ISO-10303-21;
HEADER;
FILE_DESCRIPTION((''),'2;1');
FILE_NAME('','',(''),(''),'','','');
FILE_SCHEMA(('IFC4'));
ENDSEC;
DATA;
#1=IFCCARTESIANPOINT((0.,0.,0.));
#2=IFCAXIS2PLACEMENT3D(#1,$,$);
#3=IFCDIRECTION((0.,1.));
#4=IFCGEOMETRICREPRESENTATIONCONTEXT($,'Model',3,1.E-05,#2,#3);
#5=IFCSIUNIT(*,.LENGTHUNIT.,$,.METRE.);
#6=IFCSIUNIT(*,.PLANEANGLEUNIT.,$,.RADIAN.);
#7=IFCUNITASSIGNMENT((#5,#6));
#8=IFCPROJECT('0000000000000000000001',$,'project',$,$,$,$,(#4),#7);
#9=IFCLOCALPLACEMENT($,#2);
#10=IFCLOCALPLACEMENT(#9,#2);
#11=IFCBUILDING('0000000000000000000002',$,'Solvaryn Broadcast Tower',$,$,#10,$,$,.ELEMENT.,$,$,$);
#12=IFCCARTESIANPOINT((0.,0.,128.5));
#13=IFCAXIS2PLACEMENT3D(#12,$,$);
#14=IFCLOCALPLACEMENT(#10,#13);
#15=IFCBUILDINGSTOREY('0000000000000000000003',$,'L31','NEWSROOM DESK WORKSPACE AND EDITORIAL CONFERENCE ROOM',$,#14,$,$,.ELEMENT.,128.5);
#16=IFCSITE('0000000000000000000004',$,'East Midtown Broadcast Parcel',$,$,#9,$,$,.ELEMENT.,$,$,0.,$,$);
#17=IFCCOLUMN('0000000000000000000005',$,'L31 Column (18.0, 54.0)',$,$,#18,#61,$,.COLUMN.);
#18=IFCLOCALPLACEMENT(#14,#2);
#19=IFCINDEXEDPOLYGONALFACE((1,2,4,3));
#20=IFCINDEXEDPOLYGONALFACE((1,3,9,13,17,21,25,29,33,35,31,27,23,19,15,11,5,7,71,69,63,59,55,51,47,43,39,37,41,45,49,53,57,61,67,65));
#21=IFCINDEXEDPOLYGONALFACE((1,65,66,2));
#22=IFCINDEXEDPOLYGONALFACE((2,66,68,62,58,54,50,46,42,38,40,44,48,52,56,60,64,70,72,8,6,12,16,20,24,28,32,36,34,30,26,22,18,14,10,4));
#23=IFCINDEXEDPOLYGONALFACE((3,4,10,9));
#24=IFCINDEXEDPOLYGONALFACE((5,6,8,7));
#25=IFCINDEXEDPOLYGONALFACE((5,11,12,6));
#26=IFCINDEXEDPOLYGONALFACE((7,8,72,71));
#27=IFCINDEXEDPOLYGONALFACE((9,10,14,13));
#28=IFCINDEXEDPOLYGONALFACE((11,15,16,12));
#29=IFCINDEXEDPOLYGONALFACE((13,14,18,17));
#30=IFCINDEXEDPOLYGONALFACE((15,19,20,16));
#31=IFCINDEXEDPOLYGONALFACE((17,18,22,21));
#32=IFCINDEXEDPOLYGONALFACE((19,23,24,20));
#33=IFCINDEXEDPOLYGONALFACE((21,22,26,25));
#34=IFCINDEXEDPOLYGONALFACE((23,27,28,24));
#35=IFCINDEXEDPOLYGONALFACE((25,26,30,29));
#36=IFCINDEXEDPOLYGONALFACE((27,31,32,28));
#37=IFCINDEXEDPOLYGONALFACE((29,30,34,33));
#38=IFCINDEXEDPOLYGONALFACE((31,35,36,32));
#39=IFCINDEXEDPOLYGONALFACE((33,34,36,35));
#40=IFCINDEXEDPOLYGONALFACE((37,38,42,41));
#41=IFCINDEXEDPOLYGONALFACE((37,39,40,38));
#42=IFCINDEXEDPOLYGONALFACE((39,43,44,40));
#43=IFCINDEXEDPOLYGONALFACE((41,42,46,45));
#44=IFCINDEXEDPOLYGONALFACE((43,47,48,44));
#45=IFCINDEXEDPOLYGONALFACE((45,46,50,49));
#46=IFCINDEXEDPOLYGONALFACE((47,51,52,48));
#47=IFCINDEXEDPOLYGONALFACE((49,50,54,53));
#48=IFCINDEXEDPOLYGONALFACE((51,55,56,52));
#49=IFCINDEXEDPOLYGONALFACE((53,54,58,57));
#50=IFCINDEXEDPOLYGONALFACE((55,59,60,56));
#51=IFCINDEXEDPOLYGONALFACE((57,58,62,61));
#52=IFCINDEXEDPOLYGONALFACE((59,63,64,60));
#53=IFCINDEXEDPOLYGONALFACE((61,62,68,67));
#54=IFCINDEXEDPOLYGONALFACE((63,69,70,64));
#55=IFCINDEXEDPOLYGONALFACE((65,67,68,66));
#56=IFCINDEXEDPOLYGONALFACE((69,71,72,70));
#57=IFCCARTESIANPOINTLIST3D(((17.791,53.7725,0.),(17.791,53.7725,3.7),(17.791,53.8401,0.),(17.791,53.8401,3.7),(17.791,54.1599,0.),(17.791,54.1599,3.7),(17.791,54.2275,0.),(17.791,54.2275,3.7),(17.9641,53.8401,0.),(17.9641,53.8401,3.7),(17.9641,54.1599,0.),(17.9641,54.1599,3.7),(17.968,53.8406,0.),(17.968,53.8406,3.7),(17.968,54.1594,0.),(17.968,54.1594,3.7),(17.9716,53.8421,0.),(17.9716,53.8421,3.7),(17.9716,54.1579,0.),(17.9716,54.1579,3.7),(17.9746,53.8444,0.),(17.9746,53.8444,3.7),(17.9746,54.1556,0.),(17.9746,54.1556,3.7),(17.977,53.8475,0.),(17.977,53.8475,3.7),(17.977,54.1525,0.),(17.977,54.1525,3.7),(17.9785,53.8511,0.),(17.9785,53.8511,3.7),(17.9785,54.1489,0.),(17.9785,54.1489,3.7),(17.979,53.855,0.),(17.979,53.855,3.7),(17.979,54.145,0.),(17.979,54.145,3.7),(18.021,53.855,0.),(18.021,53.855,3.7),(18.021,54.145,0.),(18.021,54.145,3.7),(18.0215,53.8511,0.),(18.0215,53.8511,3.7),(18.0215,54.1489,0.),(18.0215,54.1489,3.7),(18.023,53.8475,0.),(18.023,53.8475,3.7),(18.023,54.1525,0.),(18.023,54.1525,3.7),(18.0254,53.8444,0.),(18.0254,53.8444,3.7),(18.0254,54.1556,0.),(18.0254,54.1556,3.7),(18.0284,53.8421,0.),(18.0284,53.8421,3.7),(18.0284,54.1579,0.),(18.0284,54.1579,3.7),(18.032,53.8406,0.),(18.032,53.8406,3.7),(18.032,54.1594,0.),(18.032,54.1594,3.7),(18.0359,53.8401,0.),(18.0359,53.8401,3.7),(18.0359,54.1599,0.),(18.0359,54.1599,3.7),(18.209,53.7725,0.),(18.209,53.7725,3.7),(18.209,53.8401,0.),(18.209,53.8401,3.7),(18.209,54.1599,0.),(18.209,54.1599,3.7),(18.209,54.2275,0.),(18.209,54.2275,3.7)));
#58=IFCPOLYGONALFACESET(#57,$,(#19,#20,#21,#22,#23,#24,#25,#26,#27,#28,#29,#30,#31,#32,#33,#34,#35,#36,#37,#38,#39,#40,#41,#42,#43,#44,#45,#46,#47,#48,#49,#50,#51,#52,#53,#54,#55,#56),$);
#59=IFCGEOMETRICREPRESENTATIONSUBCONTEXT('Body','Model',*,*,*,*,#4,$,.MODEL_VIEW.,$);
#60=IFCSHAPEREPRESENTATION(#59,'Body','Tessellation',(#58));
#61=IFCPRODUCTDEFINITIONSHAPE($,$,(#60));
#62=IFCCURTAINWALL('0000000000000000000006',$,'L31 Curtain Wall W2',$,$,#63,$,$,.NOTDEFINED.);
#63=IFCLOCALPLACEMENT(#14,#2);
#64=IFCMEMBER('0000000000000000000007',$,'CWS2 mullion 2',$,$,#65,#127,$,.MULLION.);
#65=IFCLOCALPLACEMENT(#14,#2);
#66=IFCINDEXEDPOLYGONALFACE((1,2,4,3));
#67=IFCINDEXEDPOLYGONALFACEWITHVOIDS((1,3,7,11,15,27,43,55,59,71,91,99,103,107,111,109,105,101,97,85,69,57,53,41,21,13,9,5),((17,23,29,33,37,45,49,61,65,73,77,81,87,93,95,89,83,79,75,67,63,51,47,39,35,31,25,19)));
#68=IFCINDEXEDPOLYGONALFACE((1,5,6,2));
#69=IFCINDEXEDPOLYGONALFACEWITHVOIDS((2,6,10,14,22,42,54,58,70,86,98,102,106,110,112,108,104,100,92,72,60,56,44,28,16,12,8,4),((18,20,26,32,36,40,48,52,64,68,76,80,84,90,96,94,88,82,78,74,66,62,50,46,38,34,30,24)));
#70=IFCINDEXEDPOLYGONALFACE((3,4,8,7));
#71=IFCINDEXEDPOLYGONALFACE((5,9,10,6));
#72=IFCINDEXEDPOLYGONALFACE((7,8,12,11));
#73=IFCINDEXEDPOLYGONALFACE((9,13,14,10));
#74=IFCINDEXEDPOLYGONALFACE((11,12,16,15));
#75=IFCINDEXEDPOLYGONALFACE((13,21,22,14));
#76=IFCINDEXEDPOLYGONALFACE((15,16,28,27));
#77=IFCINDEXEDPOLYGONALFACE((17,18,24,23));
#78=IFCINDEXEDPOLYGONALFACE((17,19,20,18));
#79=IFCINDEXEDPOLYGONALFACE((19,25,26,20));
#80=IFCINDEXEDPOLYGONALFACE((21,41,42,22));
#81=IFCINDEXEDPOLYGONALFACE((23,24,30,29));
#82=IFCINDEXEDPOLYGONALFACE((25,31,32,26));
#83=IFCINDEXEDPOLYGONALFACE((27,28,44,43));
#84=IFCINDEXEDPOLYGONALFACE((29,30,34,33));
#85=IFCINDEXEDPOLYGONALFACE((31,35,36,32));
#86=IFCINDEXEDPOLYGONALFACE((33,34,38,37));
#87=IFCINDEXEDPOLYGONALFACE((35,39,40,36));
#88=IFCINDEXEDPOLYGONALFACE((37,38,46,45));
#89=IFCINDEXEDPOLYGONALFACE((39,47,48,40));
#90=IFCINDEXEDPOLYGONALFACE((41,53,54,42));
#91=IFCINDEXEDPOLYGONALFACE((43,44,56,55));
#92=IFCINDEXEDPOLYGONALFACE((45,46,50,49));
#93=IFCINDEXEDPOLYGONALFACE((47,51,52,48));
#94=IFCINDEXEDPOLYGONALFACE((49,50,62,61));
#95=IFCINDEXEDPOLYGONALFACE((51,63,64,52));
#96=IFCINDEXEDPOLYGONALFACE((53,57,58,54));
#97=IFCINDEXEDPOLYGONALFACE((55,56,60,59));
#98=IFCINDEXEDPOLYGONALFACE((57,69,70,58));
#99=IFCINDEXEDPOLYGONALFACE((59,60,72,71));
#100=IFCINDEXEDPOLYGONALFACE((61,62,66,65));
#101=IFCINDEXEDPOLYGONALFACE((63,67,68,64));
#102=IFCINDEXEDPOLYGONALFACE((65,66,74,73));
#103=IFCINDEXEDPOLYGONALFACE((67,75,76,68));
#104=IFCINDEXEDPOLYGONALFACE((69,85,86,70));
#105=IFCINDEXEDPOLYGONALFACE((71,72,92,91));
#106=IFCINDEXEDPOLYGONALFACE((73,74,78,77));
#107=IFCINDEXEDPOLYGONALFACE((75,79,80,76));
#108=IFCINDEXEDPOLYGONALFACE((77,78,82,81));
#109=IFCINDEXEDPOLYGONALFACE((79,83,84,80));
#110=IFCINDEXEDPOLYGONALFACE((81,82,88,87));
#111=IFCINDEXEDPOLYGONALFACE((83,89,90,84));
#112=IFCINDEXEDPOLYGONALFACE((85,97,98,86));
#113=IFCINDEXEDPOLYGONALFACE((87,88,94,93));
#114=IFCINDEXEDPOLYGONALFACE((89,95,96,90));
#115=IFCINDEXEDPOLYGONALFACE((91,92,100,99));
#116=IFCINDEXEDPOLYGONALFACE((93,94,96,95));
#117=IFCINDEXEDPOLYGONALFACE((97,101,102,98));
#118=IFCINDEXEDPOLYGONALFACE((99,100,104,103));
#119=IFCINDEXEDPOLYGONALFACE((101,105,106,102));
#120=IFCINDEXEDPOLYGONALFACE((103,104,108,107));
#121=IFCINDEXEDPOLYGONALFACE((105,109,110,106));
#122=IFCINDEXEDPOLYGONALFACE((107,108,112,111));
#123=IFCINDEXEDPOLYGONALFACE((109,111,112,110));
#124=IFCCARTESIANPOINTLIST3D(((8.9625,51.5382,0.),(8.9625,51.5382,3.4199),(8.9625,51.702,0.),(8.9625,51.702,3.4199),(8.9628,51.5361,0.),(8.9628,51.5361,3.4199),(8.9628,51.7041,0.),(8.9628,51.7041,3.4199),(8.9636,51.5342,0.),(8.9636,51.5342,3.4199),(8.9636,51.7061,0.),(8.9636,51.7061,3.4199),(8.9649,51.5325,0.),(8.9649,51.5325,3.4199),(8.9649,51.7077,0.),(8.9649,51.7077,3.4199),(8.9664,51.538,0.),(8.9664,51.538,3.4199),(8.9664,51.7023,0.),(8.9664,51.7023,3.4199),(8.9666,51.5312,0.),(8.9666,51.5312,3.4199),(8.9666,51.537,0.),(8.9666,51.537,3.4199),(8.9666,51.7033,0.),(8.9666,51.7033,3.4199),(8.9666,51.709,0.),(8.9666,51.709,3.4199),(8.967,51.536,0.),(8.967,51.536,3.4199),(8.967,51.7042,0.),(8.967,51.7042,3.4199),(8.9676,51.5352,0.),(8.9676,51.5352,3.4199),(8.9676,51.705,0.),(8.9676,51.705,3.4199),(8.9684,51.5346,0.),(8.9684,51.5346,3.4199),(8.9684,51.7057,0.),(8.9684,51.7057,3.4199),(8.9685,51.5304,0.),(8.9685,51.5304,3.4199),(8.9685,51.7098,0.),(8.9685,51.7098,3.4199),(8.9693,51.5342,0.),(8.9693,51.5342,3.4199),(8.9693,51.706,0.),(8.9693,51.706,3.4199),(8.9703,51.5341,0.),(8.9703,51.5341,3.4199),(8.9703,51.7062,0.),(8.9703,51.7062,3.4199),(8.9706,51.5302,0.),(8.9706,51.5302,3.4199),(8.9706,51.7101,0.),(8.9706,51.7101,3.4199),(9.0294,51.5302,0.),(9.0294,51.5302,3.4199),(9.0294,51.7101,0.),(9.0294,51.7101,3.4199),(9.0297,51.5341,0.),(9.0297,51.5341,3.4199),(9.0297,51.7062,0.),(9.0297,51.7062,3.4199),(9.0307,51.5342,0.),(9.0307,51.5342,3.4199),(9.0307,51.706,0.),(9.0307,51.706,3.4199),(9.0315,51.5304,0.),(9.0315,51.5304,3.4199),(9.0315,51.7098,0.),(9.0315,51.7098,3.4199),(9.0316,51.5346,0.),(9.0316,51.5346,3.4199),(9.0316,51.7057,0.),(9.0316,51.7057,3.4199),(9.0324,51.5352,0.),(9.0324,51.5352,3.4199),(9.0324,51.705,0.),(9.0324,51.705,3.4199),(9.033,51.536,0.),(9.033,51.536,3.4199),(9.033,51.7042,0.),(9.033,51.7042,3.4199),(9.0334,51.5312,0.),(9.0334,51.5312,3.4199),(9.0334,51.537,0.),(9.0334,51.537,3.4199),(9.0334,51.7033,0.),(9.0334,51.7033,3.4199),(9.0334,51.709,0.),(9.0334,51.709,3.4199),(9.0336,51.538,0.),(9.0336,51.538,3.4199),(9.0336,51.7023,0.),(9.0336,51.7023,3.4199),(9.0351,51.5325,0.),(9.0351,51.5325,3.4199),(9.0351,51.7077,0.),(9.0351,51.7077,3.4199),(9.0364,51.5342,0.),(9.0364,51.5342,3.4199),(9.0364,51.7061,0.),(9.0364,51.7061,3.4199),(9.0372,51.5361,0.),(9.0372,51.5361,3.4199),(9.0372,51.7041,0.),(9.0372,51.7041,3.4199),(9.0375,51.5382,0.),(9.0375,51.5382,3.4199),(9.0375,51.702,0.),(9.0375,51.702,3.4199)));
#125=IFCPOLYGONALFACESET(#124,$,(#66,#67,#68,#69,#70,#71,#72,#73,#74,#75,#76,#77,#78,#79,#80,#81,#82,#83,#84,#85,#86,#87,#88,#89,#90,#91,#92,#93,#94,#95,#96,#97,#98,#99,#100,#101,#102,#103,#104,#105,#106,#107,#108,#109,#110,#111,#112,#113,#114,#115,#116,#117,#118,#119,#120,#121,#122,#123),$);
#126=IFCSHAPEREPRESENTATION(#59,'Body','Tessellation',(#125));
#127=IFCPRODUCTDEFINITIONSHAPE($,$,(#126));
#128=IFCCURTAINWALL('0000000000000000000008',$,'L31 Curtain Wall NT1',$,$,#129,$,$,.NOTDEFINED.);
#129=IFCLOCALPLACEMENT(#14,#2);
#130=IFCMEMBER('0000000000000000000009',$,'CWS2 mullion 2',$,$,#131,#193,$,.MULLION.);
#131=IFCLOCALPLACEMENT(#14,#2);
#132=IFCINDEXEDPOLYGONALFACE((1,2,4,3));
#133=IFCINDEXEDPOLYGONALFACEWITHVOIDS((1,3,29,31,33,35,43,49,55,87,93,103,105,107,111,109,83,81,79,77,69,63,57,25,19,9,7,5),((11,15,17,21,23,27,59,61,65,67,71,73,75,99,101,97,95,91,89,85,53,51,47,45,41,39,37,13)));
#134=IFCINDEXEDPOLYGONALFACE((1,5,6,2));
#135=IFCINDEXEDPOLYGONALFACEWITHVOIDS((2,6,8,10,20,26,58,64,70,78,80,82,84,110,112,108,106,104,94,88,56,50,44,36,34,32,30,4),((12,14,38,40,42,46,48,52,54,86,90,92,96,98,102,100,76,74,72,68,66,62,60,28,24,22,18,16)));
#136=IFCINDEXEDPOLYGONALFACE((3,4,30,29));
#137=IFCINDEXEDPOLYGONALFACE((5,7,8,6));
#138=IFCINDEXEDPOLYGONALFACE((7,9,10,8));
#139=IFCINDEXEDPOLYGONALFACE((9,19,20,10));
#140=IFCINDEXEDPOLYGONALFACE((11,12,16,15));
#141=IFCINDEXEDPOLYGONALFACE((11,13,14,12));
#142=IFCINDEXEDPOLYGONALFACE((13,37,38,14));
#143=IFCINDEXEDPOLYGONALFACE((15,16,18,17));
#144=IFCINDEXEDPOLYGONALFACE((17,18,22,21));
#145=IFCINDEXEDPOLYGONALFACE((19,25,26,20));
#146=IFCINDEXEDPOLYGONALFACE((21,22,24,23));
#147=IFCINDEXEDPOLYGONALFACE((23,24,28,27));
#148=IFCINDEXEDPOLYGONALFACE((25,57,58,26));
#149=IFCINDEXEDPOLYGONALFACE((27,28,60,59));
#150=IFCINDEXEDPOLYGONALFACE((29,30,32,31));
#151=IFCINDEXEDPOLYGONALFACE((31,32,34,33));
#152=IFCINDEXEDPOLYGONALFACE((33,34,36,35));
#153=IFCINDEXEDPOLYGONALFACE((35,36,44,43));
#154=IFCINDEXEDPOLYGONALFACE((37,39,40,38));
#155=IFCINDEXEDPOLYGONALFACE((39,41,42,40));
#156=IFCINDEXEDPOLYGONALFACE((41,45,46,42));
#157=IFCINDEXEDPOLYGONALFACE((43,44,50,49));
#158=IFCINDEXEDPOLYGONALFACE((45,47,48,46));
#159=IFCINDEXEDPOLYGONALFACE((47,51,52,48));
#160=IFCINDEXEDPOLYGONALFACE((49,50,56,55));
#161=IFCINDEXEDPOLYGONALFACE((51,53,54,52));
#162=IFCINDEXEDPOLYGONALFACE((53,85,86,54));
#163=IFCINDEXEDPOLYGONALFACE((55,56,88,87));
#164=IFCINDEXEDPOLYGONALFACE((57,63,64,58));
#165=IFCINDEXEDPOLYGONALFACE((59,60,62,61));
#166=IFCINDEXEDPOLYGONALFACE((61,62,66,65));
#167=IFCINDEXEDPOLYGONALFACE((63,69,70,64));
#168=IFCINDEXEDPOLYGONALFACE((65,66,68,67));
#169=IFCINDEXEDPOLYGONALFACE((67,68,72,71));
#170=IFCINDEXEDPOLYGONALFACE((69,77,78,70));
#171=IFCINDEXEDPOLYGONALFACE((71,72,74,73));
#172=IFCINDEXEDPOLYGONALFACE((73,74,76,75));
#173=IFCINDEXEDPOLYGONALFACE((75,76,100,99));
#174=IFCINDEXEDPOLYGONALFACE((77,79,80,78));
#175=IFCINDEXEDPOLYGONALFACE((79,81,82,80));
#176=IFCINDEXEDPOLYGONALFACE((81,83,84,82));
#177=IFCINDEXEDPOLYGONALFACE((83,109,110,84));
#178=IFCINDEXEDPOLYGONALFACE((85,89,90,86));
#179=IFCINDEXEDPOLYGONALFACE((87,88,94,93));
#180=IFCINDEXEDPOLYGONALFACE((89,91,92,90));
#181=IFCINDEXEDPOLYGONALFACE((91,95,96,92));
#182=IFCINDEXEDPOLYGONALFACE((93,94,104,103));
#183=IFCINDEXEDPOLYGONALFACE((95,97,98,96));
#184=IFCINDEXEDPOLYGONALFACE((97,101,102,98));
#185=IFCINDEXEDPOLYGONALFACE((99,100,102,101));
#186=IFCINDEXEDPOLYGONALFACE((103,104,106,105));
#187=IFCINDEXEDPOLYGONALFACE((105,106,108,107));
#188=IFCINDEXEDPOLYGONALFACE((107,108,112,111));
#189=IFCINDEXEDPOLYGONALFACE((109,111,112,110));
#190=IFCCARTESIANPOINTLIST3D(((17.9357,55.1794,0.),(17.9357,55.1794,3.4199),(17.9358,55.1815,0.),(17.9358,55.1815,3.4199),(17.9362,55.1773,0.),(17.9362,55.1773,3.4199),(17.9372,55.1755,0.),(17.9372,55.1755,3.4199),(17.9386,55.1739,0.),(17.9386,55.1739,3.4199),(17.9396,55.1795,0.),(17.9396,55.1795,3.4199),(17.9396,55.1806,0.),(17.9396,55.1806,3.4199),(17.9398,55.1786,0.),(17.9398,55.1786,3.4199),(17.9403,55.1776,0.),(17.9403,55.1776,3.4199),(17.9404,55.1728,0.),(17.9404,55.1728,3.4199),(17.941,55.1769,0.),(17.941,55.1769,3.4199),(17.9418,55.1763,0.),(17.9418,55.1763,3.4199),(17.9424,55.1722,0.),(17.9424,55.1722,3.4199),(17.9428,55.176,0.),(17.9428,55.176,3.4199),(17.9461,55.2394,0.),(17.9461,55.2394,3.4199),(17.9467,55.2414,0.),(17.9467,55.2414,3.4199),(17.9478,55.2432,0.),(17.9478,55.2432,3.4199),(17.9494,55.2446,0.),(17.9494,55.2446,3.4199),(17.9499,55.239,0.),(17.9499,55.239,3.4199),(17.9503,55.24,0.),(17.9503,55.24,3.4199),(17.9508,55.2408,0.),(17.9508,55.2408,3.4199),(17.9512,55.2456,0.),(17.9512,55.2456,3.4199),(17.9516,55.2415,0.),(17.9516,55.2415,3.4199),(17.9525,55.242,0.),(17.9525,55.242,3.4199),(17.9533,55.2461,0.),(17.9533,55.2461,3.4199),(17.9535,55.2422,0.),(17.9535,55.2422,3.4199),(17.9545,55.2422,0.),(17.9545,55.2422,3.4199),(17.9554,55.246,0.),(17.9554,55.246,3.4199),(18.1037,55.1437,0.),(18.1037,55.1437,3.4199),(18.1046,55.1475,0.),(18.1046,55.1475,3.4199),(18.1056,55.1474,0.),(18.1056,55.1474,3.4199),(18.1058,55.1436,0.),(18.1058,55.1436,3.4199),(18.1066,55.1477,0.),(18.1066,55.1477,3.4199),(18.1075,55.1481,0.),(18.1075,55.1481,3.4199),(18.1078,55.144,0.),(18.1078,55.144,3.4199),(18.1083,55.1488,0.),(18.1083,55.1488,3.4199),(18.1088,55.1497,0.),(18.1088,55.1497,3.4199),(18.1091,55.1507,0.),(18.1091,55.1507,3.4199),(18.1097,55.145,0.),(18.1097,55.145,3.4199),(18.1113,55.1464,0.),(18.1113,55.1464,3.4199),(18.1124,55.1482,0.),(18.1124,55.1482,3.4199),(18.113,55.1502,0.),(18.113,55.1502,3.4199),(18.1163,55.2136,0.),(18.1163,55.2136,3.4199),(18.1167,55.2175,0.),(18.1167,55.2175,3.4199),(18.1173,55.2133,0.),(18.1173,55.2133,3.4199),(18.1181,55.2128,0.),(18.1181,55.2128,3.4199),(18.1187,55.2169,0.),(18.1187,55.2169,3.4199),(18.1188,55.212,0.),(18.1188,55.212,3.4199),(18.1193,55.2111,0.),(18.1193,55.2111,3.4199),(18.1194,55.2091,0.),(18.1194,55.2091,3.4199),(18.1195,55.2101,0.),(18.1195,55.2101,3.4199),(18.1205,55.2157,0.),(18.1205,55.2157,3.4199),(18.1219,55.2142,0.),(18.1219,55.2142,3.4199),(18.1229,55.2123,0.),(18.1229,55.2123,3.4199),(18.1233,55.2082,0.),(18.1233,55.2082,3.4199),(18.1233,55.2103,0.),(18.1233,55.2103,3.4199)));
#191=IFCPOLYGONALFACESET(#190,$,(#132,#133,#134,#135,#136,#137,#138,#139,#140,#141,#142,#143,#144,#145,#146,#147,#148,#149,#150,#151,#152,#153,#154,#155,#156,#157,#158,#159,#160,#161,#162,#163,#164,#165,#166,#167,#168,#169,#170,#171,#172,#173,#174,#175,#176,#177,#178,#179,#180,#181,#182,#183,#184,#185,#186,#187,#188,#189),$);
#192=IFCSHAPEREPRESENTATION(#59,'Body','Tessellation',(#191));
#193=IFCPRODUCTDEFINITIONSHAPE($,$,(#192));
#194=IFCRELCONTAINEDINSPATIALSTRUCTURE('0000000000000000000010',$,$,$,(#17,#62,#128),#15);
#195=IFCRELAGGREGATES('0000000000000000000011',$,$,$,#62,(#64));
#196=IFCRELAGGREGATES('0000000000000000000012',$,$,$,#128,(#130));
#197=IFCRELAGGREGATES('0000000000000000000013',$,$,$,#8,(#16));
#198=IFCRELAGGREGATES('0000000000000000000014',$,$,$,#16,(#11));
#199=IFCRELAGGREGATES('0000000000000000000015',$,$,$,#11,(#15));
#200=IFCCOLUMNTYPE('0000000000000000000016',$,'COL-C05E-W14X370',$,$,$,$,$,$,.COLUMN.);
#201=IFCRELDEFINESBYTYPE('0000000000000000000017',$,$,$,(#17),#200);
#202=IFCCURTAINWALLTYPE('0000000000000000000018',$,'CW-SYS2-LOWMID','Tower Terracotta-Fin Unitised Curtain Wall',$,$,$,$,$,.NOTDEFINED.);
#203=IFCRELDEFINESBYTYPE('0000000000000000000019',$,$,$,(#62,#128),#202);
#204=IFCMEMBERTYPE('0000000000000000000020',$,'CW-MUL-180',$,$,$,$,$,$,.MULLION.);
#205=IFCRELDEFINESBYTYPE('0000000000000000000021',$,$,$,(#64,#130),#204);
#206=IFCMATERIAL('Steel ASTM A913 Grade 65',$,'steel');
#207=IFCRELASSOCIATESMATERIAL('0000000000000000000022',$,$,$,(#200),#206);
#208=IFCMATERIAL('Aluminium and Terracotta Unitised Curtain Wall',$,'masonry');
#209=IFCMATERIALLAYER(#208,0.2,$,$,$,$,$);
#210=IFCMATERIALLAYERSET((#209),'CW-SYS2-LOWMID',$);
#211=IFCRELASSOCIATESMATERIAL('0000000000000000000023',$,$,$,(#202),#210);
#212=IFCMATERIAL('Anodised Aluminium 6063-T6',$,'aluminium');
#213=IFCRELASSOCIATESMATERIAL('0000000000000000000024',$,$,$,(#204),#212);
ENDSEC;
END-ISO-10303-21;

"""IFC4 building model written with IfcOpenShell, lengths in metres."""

from ifc_helpers import new_model, si_unit, direction, frame, origin, origin_2d, place, context, subcontext, project, spatial, hollow_rectangle, i_section, extrude, material, layer, layer_set, material_profile, profile_set, type_object, element, aggregate, save


model = new_model("IFC4")

# Units and contexts
model_context = context("Model", 3, precision=1e-05, world=origin(), true_north=direction((0.0, 1.0)))
body_context = subcontext(model_context, "Body", "Model", "MODEL_VIEW")
ifc_project = project(units=[si_unit("LENGTHUNIT", "METRE"), si_unit("PLANEANGLEUNIT", "RADIAN")], contexts=[model_context])

# Site, building, storey
site_placement = place(None, origin())
site = spatial("IfcSite", under=ifc_project, at=site_placement, Name="East Midtown Broadcast Parcel", CompositionType="ELEMENT", RefElevation=0.0)
building_placement = place(site_placement, origin())
building = spatial("IfcBuilding", under=site, at=building_placement, Name="Solvaryn Broadcast Tower", CompositionType="ELEMENT")
storey_placement = place(building_placement, frame((0.0, 0.0, 128.5)))
storey = spatial("IfcBuildingStorey", under=building, at=storey_placement, Name="L31", Description="NEWSROOM DESK WORKSPACE AND EDITORIAL CONFERENCE ROOM", CompositionType="ELEMENT", Elevation=128.5)

# Column
ifc_material_1 = material(Name="Steel ASTM A913 Grade 65", Category="steel")
ifc_material_profile_1 = material_profile(ifc_material_1, i_section(OverallWidth=0.418, OverallDepth=0.4551, WebThickness=0.042, FlangeThickness=0.0676, FilletRadius=0.0149, at=origin_2d()))
ifc_profile_set_1 = profile_set([ifc_material_profile_1], Name="Steel ASTM A913 Grade 65")
column_type = type_object("IfcColumnType", Name="COL-C05E-W14X370", PredefinedType="COLUMN", material=ifc_profile_set_1)
column_placement = place(storey_placement, frame((18.0, 54.0, 0.0), z_axis=(0.0, 0.0, 1.0), x_axis=(1.0, 0.0, 0.0)))
element("IfcColumn", 1, at=column_placement, inside=storey, type_object=column_type, Name="L31 Column (18.0, 54.0)", PredefinedType="COLUMN", context=body_context, shape_type="SweptSolid", body=[
    extrude(i_section(OverallWidth=0.418, OverallDepth=0.4551, WebThickness=0.042, FlangeThickness=0.0676, FilletRadius=0.0149, at=origin_2d()), origin(), (0.0, 0.0, 1.0), 3.7),
])

# Curtain walls, members
ifc_material_2 = material(Name="Aluminium and Terracotta Unitised Curtain Wall", Category="masonry")
ifc_layer_1 = layer(ifc_material_2, 0.2)
ifc_layer_set_1 = layer_set([ifc_layer_1], Name="CW-SYS2-LOWMID")
curtain_wall_type = type_object("IfcCurtainWallType", Name="CW-SYS2-LOWMID", Description="Tower Terracotta-Fin Unitised Curtain Wall", PredefinedType="NOTDEFINED", material=ifc_layer_set_1)
curtain_wall_1_placement = place(storey_placement, origin())
curtain_wall_1 = element("IfcCurtainWall", 2, at=curtain_wall_1_placement, inside=storey, type_object=curtain_wall_type, Name="L31 Curtain Wall W2", PredefinedType="NOTDEFINED")
ifc_material_3 = material(Name="Anodised Aluminium 6063-T6", Category="aluminium")
ifc_material_profile_2 = material_profile(ifc_material_3, hollow_rectangle(XDim=0.075, YDim=0.1799, WallThickness=0.0039, InnerFilletRadius=0.0039, OuterFilletRadius=0.0081, at=origin_2d()))
ifc_profile_set_2 = profile_set([ifc_material_profile_2], Name="Anodised Aluminium 6063-T6")
member_type_1 = type_object("IfcMemberType", Name="CW-MUL-180", PredefinedType="MULLION", material=ifc_profile_set_2)
member_1_placement = place(storey_placement, frame((9.0, 51.6201, 0.0), z_axis=(0.0, 0.0, 1.0), x_axis=(-1.0, 0.0, 0.0)))
member_1 = element("IfcMember", 3, at=member_1_placement, type_object=member_type_1, Name="CWS2 mullion 2", PredefinedType="MULLION", context=body_context, shape_type="SweptSolid", body=[
    extrude(hollow_rectangle(XDim=0.075, YDim=0.1799, WallThickness=0.0039, InnerFilletRadius=0.0039, OuterFilletRadius=0.0081, at=origin_2d()), origin(), (0.0, 0.0, 1.0), 3.4199),
])
curtain_wall_2_placement = place(storey_placement, origin())
curtain_wall_2 = element("IfcCurtainWall", 4, at=curtain_wall_2_placement, inside=storey, type_object=curtain_wall_type, Name="L31 Curtain Wall NT1", PredefinedType="NOTDEFINED")
member_2_placement = place(storey_placement, frame((18.0295, 55.1948, 0.0), z_axis=(0.0, 0.0, 1.0), x_axis=(-0.173785, -0.984784, 0.0)))
member_2 = element("IfcMember", 5, at=member_2_placement, type_object=member_type_1, Name="CWS2 mullion 2", PredefinedType="MULLION", context=body_context, shape_type="SweptSolid", body=[
    extrude(hollow_rectangle(XDim=0.075, YDim=0.1799, WallThickness=0.0039, InnerFilletRadius=0.0039, OuterFilletRadius=0.0081, at=origin_2d()), origin(), (0.0, 0.0, 1.0), 3.4199),
])

aggregate(curtain_wall_1, [member_1])
aggregate(curtain_wall_2, [member_2])

save(model, "model.ifc")
